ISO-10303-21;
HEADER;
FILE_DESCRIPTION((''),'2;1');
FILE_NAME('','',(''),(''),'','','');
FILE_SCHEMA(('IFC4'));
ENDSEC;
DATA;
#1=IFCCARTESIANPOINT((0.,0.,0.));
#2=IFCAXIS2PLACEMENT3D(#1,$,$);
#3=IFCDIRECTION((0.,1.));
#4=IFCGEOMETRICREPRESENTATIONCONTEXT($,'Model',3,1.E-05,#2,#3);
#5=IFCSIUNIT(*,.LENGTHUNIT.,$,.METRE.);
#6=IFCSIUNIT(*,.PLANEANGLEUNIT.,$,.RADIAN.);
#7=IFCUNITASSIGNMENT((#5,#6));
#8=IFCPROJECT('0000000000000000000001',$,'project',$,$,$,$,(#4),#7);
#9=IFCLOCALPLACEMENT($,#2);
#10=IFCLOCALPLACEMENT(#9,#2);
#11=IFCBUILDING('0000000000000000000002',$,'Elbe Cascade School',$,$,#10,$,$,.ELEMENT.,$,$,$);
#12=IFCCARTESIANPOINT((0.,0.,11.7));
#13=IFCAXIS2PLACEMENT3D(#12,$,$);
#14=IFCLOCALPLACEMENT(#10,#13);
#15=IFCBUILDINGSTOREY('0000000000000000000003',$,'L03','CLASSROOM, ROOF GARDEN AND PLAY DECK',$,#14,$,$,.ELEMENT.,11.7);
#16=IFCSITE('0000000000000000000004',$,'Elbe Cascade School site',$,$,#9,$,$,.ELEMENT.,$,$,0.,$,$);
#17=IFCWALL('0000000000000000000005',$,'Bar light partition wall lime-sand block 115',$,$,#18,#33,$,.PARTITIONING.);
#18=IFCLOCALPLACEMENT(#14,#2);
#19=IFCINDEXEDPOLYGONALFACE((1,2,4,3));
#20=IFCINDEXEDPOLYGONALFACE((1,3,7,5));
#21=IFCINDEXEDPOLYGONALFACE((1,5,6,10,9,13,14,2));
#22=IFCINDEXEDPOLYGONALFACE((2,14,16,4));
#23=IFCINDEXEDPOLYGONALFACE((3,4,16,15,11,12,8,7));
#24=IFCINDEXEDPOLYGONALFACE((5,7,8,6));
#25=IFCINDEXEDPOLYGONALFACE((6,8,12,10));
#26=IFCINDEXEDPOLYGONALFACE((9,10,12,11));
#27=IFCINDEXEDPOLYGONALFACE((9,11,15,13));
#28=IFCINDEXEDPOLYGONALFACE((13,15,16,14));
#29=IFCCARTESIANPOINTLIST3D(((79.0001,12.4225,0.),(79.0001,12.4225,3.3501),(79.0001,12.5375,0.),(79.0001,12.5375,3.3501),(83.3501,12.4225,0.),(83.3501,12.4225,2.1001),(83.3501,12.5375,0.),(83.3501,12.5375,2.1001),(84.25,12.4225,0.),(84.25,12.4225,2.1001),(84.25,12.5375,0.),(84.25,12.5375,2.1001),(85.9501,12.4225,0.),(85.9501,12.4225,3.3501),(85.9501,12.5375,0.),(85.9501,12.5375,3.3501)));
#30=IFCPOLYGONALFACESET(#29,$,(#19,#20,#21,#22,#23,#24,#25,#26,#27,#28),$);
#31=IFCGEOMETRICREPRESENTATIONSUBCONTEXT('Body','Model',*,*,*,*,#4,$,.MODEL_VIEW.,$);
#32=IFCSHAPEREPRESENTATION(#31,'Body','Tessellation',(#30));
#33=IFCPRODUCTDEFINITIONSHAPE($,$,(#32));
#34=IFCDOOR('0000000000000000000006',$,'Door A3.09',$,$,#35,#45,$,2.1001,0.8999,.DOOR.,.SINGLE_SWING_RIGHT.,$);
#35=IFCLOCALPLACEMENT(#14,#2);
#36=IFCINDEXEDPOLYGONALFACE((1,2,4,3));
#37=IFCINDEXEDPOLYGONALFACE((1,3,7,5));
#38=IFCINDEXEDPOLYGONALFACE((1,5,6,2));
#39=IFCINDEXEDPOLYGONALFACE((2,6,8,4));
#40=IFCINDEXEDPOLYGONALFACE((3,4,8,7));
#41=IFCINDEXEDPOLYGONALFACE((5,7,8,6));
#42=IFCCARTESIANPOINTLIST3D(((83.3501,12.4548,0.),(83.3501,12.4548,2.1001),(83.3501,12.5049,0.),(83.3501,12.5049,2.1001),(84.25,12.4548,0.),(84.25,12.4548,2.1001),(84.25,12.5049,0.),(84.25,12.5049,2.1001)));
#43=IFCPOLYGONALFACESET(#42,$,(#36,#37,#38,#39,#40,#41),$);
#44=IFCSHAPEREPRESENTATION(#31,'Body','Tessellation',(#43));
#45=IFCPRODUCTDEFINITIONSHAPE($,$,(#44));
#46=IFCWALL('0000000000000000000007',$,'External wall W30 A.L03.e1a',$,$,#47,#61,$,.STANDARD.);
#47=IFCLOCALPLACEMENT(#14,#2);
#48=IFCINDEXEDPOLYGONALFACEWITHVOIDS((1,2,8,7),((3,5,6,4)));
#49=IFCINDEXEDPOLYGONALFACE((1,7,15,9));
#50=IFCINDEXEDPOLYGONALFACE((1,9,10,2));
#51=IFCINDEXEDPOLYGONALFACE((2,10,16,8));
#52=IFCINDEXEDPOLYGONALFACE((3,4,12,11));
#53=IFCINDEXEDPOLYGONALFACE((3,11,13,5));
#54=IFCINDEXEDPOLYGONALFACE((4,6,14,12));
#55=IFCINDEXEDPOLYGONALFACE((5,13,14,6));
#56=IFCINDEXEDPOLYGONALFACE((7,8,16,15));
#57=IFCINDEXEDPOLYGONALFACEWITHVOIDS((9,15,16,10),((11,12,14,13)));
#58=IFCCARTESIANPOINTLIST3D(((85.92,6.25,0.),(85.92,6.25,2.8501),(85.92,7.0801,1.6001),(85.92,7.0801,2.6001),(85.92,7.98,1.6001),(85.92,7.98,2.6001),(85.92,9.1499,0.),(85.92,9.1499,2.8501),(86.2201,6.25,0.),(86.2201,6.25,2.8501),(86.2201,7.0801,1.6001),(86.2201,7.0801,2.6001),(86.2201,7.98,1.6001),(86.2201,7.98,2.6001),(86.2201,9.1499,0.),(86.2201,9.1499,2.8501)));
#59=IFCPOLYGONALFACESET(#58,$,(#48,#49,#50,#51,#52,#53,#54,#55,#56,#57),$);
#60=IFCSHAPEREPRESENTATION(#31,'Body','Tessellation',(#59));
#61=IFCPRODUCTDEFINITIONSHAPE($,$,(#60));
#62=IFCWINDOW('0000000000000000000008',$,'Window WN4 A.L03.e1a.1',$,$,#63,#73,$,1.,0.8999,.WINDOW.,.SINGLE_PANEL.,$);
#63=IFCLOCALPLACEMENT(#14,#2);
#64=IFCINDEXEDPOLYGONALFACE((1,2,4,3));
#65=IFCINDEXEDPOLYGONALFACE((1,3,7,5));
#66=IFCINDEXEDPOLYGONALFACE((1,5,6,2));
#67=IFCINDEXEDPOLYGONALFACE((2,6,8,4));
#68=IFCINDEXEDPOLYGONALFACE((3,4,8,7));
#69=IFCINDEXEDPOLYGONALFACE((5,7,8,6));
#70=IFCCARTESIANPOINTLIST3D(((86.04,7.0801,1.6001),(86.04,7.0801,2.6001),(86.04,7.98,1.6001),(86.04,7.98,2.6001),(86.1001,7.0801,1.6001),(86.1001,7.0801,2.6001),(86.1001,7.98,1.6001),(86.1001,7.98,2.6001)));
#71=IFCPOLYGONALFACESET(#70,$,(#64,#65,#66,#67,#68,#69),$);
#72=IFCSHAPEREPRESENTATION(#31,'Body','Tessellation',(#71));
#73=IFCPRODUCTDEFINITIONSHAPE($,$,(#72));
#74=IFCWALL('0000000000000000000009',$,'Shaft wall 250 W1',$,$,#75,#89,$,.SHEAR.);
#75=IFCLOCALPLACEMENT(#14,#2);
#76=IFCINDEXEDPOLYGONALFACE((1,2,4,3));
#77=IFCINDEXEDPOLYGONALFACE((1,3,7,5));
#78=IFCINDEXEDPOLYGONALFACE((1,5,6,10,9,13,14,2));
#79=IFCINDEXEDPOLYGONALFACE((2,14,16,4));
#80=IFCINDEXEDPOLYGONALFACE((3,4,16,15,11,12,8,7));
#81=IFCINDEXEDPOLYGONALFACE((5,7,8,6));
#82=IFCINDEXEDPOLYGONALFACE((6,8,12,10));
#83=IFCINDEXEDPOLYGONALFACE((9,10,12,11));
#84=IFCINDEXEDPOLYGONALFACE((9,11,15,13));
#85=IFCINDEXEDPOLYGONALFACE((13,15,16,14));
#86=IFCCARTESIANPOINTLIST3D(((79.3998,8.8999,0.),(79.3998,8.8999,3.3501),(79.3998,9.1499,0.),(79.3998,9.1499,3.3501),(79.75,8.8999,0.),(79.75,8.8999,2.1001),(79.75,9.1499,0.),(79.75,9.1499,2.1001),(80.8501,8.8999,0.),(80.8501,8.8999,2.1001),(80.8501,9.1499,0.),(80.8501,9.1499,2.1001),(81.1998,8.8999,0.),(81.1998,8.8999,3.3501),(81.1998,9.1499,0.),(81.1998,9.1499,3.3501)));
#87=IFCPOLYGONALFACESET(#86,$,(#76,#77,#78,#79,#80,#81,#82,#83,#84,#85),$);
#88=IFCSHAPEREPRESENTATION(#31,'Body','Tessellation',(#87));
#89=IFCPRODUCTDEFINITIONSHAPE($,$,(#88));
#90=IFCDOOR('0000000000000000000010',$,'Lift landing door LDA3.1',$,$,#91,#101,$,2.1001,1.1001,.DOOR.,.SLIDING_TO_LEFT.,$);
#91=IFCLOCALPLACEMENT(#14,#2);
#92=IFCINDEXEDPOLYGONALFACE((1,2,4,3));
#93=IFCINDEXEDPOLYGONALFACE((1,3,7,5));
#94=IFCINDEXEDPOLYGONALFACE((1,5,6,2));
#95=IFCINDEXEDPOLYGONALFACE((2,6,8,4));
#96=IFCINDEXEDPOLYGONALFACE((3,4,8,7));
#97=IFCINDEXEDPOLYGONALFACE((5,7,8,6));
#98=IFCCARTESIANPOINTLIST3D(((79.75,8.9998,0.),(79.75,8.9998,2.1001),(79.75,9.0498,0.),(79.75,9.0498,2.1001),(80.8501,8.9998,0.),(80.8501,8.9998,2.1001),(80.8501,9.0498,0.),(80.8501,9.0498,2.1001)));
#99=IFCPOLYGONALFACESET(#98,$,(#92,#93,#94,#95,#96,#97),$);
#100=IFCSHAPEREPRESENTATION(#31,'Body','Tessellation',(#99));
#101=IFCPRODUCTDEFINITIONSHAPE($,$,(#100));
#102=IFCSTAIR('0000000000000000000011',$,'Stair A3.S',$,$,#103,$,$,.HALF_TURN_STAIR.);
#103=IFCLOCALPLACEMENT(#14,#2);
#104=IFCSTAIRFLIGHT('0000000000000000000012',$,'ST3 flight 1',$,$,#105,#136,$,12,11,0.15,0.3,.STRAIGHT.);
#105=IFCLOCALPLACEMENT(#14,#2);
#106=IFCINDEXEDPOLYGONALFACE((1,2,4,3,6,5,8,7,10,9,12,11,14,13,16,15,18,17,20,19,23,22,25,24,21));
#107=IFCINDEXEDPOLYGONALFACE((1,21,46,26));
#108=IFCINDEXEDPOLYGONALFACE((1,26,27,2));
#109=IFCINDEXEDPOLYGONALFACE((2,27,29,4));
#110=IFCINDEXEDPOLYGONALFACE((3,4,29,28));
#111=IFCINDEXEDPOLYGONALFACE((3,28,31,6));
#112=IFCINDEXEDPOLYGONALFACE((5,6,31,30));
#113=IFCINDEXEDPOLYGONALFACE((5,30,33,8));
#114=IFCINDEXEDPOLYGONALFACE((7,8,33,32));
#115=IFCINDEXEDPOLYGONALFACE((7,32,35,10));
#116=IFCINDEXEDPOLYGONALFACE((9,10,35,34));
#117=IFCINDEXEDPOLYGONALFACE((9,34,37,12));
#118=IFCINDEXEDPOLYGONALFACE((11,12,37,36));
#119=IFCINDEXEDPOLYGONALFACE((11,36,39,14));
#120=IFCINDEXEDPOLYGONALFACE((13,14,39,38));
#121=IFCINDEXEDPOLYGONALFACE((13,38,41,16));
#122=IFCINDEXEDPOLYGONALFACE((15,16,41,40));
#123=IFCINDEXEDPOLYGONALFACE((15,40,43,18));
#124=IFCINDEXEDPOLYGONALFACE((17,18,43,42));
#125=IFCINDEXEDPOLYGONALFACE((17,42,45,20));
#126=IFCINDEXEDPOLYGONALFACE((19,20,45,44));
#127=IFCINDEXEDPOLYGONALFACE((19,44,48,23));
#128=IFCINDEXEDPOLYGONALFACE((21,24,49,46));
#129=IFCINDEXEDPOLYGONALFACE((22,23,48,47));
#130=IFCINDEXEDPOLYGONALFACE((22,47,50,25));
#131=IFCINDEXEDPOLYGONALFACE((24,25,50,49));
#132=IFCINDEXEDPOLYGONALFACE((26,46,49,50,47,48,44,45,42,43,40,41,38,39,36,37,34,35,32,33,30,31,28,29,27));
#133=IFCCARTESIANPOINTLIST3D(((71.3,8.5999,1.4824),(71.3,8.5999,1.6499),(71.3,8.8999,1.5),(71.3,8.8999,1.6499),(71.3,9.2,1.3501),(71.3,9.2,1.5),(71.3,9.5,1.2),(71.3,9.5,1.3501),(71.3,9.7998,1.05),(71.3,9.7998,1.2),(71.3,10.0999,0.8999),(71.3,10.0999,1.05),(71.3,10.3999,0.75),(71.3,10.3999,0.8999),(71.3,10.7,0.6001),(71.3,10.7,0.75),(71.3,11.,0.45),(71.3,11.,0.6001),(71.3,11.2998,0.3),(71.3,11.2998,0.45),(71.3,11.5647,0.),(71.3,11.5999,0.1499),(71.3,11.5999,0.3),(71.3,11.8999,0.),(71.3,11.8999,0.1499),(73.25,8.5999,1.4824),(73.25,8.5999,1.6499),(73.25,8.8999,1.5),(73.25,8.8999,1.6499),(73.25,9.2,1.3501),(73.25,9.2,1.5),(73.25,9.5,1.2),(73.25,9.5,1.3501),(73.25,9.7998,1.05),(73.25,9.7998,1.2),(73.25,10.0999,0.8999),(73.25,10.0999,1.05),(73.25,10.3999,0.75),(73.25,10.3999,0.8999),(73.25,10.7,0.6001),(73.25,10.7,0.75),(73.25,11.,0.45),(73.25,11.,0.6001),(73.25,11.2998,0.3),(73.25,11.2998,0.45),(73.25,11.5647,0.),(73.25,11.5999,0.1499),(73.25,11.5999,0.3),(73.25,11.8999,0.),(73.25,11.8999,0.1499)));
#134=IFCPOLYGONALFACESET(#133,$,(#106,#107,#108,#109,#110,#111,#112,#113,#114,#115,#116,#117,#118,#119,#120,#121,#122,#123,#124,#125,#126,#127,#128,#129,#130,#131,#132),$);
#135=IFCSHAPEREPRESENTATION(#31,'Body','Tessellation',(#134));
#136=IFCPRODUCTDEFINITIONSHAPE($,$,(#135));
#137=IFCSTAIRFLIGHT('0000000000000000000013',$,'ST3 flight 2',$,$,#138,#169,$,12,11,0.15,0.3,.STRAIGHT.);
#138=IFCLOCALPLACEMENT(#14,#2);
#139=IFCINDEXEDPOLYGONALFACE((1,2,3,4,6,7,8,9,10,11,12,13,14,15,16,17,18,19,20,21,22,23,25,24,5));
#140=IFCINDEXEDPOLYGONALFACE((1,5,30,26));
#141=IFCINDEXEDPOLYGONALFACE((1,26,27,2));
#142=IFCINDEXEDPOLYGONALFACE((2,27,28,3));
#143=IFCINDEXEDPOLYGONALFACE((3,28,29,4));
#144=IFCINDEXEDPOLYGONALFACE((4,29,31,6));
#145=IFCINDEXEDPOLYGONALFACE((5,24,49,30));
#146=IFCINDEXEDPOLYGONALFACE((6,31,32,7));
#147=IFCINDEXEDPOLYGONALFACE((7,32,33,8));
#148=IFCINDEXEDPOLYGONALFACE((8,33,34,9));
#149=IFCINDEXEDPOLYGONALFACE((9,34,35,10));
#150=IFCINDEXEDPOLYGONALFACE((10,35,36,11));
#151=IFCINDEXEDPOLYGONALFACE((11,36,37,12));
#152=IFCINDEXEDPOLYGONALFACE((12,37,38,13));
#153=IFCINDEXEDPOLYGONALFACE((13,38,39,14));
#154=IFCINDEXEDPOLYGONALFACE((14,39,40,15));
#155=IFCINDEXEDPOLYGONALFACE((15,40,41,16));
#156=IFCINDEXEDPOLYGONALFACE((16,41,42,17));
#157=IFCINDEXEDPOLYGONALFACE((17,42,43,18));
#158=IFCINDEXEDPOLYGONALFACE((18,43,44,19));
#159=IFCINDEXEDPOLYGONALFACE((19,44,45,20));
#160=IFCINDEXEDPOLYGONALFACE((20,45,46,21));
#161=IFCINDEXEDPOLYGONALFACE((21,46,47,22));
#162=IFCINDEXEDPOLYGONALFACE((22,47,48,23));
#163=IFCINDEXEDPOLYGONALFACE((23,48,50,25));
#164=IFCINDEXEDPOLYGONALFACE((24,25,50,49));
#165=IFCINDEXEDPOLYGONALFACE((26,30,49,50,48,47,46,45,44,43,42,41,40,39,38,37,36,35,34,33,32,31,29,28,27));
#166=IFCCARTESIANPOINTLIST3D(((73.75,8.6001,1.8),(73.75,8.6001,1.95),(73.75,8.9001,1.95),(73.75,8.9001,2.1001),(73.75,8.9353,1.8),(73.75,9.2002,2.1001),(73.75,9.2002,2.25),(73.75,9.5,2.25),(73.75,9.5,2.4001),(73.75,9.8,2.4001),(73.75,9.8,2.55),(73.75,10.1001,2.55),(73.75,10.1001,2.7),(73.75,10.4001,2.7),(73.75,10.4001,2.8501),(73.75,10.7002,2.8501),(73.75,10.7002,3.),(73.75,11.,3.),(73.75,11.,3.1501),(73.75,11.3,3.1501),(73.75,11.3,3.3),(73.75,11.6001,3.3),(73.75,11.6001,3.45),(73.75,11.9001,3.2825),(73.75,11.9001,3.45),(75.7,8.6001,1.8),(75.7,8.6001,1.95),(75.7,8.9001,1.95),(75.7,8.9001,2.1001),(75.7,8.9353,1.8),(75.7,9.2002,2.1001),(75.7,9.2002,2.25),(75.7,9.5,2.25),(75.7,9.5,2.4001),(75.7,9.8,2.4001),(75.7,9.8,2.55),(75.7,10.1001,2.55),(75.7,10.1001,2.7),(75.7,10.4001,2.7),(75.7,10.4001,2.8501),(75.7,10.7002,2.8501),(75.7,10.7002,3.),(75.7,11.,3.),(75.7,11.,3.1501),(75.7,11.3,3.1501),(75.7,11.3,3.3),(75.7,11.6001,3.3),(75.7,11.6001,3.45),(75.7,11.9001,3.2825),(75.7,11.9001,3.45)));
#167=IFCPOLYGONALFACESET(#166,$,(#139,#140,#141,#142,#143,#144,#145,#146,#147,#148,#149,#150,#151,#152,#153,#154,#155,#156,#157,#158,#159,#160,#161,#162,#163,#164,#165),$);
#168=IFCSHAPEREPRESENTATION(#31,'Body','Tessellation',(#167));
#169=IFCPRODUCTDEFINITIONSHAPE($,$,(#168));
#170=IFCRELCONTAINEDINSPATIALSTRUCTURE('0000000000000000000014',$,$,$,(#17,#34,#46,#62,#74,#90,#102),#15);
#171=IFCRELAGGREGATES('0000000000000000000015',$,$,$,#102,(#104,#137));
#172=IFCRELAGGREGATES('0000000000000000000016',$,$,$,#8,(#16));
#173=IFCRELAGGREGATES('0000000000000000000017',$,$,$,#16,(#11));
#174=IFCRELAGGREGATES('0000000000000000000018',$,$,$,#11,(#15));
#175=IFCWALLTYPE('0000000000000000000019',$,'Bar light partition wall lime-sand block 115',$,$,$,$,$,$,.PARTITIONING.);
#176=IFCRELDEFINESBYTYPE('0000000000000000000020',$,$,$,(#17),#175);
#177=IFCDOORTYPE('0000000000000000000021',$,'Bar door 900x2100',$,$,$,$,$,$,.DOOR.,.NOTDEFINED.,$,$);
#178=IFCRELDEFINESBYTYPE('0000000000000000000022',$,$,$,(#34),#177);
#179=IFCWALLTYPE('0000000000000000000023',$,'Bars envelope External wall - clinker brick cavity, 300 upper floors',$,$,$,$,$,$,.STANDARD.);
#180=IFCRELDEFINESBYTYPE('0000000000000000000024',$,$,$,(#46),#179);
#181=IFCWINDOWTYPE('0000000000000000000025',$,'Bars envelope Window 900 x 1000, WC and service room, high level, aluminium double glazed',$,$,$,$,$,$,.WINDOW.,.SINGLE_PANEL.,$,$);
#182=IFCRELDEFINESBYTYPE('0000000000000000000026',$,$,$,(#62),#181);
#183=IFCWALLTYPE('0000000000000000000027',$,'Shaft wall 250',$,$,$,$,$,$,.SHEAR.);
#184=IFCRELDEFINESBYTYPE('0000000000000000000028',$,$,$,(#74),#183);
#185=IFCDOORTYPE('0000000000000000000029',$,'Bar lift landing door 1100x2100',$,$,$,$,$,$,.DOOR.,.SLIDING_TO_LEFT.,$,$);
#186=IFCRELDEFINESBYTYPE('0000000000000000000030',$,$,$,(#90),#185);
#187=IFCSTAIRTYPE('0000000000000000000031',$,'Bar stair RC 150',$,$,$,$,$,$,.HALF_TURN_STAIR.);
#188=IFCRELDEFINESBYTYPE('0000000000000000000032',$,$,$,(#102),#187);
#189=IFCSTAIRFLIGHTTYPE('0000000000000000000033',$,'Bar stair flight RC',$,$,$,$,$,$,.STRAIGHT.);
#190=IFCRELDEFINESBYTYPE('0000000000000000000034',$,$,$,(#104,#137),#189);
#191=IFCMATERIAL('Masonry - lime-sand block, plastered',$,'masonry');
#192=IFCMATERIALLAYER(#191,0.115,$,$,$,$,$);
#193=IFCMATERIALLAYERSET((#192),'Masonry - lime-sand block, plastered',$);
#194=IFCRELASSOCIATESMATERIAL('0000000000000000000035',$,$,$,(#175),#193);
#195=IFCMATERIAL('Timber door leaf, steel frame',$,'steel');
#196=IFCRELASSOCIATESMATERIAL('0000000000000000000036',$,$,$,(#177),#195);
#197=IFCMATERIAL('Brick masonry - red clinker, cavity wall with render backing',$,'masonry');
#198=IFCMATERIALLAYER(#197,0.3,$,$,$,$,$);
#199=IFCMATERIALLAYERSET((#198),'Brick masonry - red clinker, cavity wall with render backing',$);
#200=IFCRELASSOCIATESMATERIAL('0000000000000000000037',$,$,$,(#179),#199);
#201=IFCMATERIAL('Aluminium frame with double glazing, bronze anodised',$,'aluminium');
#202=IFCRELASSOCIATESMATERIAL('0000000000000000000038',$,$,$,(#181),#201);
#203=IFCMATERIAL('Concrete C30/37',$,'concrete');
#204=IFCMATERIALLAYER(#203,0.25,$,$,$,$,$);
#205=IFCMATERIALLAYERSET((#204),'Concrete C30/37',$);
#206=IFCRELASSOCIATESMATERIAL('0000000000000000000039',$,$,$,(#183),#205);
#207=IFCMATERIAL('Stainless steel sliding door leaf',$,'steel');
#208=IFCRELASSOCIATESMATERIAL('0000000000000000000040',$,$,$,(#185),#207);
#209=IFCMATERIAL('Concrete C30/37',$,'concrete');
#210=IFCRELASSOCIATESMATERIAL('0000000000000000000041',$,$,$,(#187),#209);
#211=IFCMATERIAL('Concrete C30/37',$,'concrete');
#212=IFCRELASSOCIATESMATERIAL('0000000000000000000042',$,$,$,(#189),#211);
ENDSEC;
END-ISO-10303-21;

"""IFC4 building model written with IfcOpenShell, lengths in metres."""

from ifc_helpers import new_model, si_unit, direction, frame, frame_2d, origin, place, context, subcontext, project, spatial, polyline, rectangle, outline, extrude, material, layer, layer_set, type_object, element, fill, aggregate, save


model = new_model("IFC4")

# Units and contexts
model_context = context("Model", 3, precision=1e-05, world=origin(), true_north=direction((0.0, 1.0)))
body_context = subcontext(model_context, "Body", "Model", "MODEL_VIEW")
ifc_project = project(units=[si_unit("LENGTHUNIT", "METRE"), si_unit("PLANEANGLEUNIT", "RADIAN")], contexts=[model_context])

# Site, building, storey
site_placement = place(None, origin())
site = spatial("IfcSite", under=ifc_project, at=site_placement, Name="Elbe Cascade School site", CompositionType="ELEMENT", RefElevation=0.0)
building_placement = place(site_placement, origin())
building = spatial("IfcBuilding", under=site, at=building_placement, Name="Elbe Cascade School", CompositionType="ELEMENT")
storey_placement = place(building_placement, frame((0.0, 0.0, 11.7)))
storey = spatial("IfcBuildingStorey", under=building, at=storey_placement, Name="L03", Description="CLASSROOM, ROOF GARDEN AND PLAY DECK", CompositionType="ELEMENT", Elevation=11.7)

# Wall, opening, door
ifc_material_1 = material(Name="Masonry - lime-sand block, plastered", Category="masonry")
ifc_layer_1 = layer(ifc_material_1, 0.115)
ifc_layer_set_1 = layer_set([ifc_layer_1], Name="Masonry - lime-sand block, plastered")
wall_type_1 = type_object("IfcWallType", Name="Bar light partition wall lime-sand block 115", PredefinedType="PARTITIONING", material=ifc_layer_set_1)
ifc_material_2 = material(Name="Timber door leaf, steel frame", Category="steel")
door_type_1 = type_object("IfcDoorType", Name="Bar door 900x2100", OperationType="NOTDEFINED", PredefinedType="DOOR", material=ifc_material_2)
wall_1_placement = place(storey_placement, frame((79.0, 12.48, 0.0), z_axis=(0.0, 0.0, 1.0), x_axis=(1.0, 0.0, 0.0)))
wall_1 = element("IfcWall", 1, at=wall_1_placement, inside=storey, type_object=wall_type_1, Name="Bar light partition wall lime-sand block 115", PredefinedType="PARTITIONING", context=body_context, shape_type="SweptSolid", body=[
    extrude(rectangle(XDim=6.95, YDim=0.115, at=frame_2d((3.4751, 0.0))), origin(), (0.0, 0.0, 1.0), 3.3501),
])
opening_1_placement = place(wall_1_placement, frame((4.3501, 0.0, 0.0)))
opening_1 = element("IfcOpeningElement", 2, at=opening_1_placement, cuts=wall_1, PredefinedType="OPENING", context=body_context, shape_type="SweptSolid", body=[
    extrude(rectangle(XDim=0.8999, YDim=2.1001, at=frame_2d((0.45, 1.05))), frame((0.0, 0.0674, 0.0), z_axis=(0.0, -1.0, 0.0), x_axis=(1.0, 0.0, 0.0)), (0.0, 0.0, 1.0), 0.135),
])
door_1_placement = place(opening_1_placement, origin())
door_1 = element("IfcDoor", 3, at=door_1_placement, inside=storey, type_object=door_type_1, Name="Door A3.09", OperationType="SINGLE_SWING_RIGHT", OverallHeight=2.1001, OverallWidth=0.8999, PredefinedType="DOOR", context=body_context, shape_type="SweptSolid", body=[
    extrude(rectangle(XDim=0.8999, YDim=2.1001, at=frame_2d((0.45, 1.05))), frame((0.0, 0.0249, 0.0), z_axis=(0.0, -1.0, 0.0), x_axis=(1.0, 0.0, 0.0)), (0.0, 0.0, 1.0), 0.05),
])
fill(opening_1, door_1)

# Wall, opening, window
ifc_material_3 = material(Name="Brick masonry - red clinker, cavity wall with render backing", Category="masonry")
ifc_layer_2 = layer(ifc_material_3, 0.3)
ifc_layer_set_2 = layer_set([ifc_layer_2], Name="Brick masonry - red clinker, cavity wall with render backing")
wall_type_2 = type_object("IfcWallType", Name="Bars envelope External wall - clinker brick cavity, 300 upper floors", PredefinedType="STANDARD", material=ifc_layer_set_2)
wall_2_placement = place(storey_placement, frame((86.0701, 9.1499, 0.0), z_axis=(0.0, 0.0, 1.0), x_axis=(0.0, -1.0, 0.0)))
wall_2 = element("IfcWall", 4, at=wall_2_placement, inside=storey, type_object=wall_type_2, Name="External wall W30 A.L03.e1a", PredefinedType="STANDARD", context=body_context, shape_type="SweptSolid", body=[
    extrude(rectangle(XDim=2.8999, YDim=0.3, at=frame_2d((1.45, 0.0))), origin(), (0.0, 0.0, 1.0), 2.8501),
])
opening_2_placement = place(wall_2_placement, frame((1.1699, 0.0, 1.6001)))
opening_2 = element("IfcOpeningElement", 5, at=opening_2_placement, cuts=wall_2, PredefinedType="OPENING", context=body_context, shape_type="SweptSolid", body=[
    extrude(rectangle(XDim=0.8999, YDim=1.0, at=frame_2d((0.45, 0.5))), frame((0.0, 0.1599, 0.0), z_axis=(0.0, -1.0, 0.0), x_axis=(1.0, 0.0, 0.0)), (0.0, 0.0, 1.0), 0.3201),
])
ifc_material_4 = material(Name="Aluminium frame with double glazing, bronze anodised", Category="aluminium")
window_type = type_object("IfcWindowType", Name="Bars envelope Window 900 x 1000, WC and service room, high level, aluminium double glazed", PartitioningType="SINGLE_PANEL", PredefinedType="WINDOW", material=ifc_material_4)
window_placement = place(opening_2_placement, origin())
window = element("IfcWindow", 6, at=window_placement, inside=storey, type_object=window_type, Name="Window WN4 A.L03.e1a.1", OverallHeight=1.0, OverallWidth=0.8999, PartitioningType="SINGLE_PANEL", PredefinedType="WINDOW", context=body_context, shape_type="SweptSolid", body=[
    extrude(rectangle(XDim=0.8999, YDim=1.0, at=frame_2d((0.45, 0.5))), frame((0.0, 0.03, 0.0), z_axis=(0.0, -1.0, 0.0), x_axis=(1.0, 0.0, 0.0)), (0.0, 0.0, 1.0), 0.0601),
])
fill(opening_2, window)

# Wall, opening, door
ifc_material_5 = material(Name="Concrete C30/37", Category="concrete")
ifc_layer_3 = layer(ifc_material_5, 0.25)
ifc_layer_set_3 = layer_set([ifc_layer_3], Name="Concrete C30/37")
wall_type_3 = type_object("IfcWallType", Name="Shaft wall 250", PredefinedType="SHEAR", material=ifc_layer_set_3)
wall_3_placement = place(storey_placement, frame((79.3999, 9.0249, 0.0), z_axis=(0.0, 0.0, 1.0), x_axis=(1.0, 0.0, 0.0)))
wall_3 = element("IfcWall", 7, at=wall_3_placement, inside=storey, type_object=wall_type_3, Name="Shaft wall 250 W1", PredefinedType="SHEAR", context=body_context, shape_type="SweptSolid", body=[
    extrude(rectangle(XDim=1.8, YDim=0.25, at=frame_2d((0.8999, 0.0))), origin(), (0.0, 0.0, 1.0), 3.3501),
])
opening_3_placement = place(wall_3_placement, frame((0.3501, 0.0, 0.0)))
opening_3 = element("IfcOpeningElement", 8, at=opening_3_placement, cuts=wall_3, PredefinedType="OPENING", context=body_context, shape_type="SweptSolid", body=[
    extrude(rectangle(XDim=1.1001, YDim=2.1001, at=frame_2d((0.55, 1.05))), frame((0.0, 0.135, 0.0), z_axis=(0.0, -1.0, 0.0), x_axis=(1.0, 0.0, 0.0)), (0.0, 0.0, 1.0), 0.27),
])
ifc_material_6 = material(Name="Stainless steel sliding door leaf", Category="steel")
door_type_2 = type_object("IfcDoorType", Name="Bar lift landing door 1100x2100", OperationType="SLIDING_TO_LEFT", PredefinedType="DOOR", material=ifc_material_6)
door_2_placement = place(opening_3_placement, origin())
door_2 = element("IfcDoor", 9, at=door_2_placement, inside=storey, type_object=door_type_2, Name="Lift landing door LDA3.1", OperationType="SLIDING_TO_LEFT", OverallHeight=2.1001, OverallWidth=1.1001, PredefinedType="DOOR", context=body_context, shape_type="SweptSolid", body=[
    extrude(rectangle(XDim=1.1001, YDim=2.1001, at=frame_2d((0.55, 1.05))), frame((0.0, 0.0249, 0.0), z_axis=(0.0, -1.0, 0.0), x_axis=(1.0, 0.0, 0.0)), (0.0, 0.0, 1.0), 0.05),
])
fill(opening_3, door_2)

# Stair, stair flights
ifc_material_7 = material(Name="Concrete C30/37", Category="concrete")
stair_type = type_object("IfcStairType", Name="Bar stair RC 150", PredefinedType="HALF_TURN_STAIR", material=ifc_material_7)
stair_placement = place(storey_placement, origin())
stair = element("IfcStair", 10, at=stair_placement, inside=storey, type_object=stair_type, Name="Stair A3.S", PredefinedType="HALF_TURN_STAIR")
ifc_material_8 = material(Name="Concrete C30/37", Category="concrete")
stair_flight_type = type_object("IfcStairFlightType", Name="Bar stair flight RC", PredefinedType="STRAIGHT", material=ifc_material_8)
stair_flight_1_placement = place(storey_placement, frame((72.2749, 11.8999, 0.0), z_axis=(0.0, 0.0, 1.0), x_axis=(0.0, -1.0, 0.0)))
stair_flight_1 = element("IfcStairFlight", 11, at=stair_flight_1_placement, type_object=stair_flight_type, Name="ST3 flight 1", NumberOfRisers=12, NumberOfTreads=11, PredefinedType="STRAIGHT", RiserHeight=0.15, TreadLength=0.3, context=body_context, shape_type="SweptSolid", body=[
    extrude(outline(polyline([(0.0, 0.0), (0.0, 0.1499), (0.3, 0.1499), (0.3, 0.3), (0.6001, 0.3), (0.6001, 0.45), (0.8999, 0.45), (0.8999, 0.6001), (1.2, 0.6001), (1.2, 0.75), (1.5, 0.75), (1.5, 0.8999), (1.8, 0.8999), (1.8, 1.05), (2.1001, 1.05), (2.1001, 1.2), (2.3999, 1.2), (2.3999, 1.3501), (2.7, 1.3501), (2.7, 1.5), (3.0, 1.5), (3.0, 1.6499), (3.3, 1.6499), (3.3, 1.8), (3.3, 1.4824), (0.3352, 0.0), (0.0, 0.0)])), frame((0.0, 0.9751, 0.0), z_axis=(0.0, -1.0, 0.0), x_axis=(1.0, 0.0, 0.0)), (0.0, 0.0, 1.0), 1.95),
])
stair_flight_2_placement = place(storey_placement, frame((74.7251, 8.6001, 1.8), z_axis=(0.0, 0.0, 1.0), x_axis=(0.0, 1.0, 0.0)))
stair_flight_2 = element("IfcStairFlight", 12, at=stair_flight_2_placement, type_object=stair_flight_type, Name="ST3 flight 2", NumberOfRisers=12, NumberOfTreads=11, PredefinedType="STRAIGHT", RiserHeight=0.15, TreadLength=0.3, context=body_context, shape_type="SweptSolid", body=[
    extrude(outline(polyline([(0.0, 0.0), (0.0, 0.1499), (0.3, 0.1499), (0.3, 0.3), (0.6001, 0.3), (0.6001, 0.45), (0.8999, 0.45), (0.8999, 0.6001), (1.2, 0.6001), (1.2, 0.75), (1.5, 0.75), (1.5, 0.8999), (1.8, 0.8999), (1.8, 1.05), (2.1001, 1.05), (2.1001, 1.2), (2.3999, 1.2), (2.3999, 1.3501), (2.7, 1.3501), (2.7, 1.5), (3.0, 1.5), (3.0, 1.6499), (3.3, 1.6499), (3.3, 1.8), (3.3, 1.4824), (0.3352, 0.0), (0.0, 0.0)])), frame((0.0, 0.9751, 0.0), z_axis=(0.0, -1.0, 0.0), x_axis=(1.0, 0.0, 0.0)), (0.0, 0.0, 1.0), 1.95),
])
aggregate(stair, [stair_flight_1, stair_flight_2])

save(model, "model.ifc")
